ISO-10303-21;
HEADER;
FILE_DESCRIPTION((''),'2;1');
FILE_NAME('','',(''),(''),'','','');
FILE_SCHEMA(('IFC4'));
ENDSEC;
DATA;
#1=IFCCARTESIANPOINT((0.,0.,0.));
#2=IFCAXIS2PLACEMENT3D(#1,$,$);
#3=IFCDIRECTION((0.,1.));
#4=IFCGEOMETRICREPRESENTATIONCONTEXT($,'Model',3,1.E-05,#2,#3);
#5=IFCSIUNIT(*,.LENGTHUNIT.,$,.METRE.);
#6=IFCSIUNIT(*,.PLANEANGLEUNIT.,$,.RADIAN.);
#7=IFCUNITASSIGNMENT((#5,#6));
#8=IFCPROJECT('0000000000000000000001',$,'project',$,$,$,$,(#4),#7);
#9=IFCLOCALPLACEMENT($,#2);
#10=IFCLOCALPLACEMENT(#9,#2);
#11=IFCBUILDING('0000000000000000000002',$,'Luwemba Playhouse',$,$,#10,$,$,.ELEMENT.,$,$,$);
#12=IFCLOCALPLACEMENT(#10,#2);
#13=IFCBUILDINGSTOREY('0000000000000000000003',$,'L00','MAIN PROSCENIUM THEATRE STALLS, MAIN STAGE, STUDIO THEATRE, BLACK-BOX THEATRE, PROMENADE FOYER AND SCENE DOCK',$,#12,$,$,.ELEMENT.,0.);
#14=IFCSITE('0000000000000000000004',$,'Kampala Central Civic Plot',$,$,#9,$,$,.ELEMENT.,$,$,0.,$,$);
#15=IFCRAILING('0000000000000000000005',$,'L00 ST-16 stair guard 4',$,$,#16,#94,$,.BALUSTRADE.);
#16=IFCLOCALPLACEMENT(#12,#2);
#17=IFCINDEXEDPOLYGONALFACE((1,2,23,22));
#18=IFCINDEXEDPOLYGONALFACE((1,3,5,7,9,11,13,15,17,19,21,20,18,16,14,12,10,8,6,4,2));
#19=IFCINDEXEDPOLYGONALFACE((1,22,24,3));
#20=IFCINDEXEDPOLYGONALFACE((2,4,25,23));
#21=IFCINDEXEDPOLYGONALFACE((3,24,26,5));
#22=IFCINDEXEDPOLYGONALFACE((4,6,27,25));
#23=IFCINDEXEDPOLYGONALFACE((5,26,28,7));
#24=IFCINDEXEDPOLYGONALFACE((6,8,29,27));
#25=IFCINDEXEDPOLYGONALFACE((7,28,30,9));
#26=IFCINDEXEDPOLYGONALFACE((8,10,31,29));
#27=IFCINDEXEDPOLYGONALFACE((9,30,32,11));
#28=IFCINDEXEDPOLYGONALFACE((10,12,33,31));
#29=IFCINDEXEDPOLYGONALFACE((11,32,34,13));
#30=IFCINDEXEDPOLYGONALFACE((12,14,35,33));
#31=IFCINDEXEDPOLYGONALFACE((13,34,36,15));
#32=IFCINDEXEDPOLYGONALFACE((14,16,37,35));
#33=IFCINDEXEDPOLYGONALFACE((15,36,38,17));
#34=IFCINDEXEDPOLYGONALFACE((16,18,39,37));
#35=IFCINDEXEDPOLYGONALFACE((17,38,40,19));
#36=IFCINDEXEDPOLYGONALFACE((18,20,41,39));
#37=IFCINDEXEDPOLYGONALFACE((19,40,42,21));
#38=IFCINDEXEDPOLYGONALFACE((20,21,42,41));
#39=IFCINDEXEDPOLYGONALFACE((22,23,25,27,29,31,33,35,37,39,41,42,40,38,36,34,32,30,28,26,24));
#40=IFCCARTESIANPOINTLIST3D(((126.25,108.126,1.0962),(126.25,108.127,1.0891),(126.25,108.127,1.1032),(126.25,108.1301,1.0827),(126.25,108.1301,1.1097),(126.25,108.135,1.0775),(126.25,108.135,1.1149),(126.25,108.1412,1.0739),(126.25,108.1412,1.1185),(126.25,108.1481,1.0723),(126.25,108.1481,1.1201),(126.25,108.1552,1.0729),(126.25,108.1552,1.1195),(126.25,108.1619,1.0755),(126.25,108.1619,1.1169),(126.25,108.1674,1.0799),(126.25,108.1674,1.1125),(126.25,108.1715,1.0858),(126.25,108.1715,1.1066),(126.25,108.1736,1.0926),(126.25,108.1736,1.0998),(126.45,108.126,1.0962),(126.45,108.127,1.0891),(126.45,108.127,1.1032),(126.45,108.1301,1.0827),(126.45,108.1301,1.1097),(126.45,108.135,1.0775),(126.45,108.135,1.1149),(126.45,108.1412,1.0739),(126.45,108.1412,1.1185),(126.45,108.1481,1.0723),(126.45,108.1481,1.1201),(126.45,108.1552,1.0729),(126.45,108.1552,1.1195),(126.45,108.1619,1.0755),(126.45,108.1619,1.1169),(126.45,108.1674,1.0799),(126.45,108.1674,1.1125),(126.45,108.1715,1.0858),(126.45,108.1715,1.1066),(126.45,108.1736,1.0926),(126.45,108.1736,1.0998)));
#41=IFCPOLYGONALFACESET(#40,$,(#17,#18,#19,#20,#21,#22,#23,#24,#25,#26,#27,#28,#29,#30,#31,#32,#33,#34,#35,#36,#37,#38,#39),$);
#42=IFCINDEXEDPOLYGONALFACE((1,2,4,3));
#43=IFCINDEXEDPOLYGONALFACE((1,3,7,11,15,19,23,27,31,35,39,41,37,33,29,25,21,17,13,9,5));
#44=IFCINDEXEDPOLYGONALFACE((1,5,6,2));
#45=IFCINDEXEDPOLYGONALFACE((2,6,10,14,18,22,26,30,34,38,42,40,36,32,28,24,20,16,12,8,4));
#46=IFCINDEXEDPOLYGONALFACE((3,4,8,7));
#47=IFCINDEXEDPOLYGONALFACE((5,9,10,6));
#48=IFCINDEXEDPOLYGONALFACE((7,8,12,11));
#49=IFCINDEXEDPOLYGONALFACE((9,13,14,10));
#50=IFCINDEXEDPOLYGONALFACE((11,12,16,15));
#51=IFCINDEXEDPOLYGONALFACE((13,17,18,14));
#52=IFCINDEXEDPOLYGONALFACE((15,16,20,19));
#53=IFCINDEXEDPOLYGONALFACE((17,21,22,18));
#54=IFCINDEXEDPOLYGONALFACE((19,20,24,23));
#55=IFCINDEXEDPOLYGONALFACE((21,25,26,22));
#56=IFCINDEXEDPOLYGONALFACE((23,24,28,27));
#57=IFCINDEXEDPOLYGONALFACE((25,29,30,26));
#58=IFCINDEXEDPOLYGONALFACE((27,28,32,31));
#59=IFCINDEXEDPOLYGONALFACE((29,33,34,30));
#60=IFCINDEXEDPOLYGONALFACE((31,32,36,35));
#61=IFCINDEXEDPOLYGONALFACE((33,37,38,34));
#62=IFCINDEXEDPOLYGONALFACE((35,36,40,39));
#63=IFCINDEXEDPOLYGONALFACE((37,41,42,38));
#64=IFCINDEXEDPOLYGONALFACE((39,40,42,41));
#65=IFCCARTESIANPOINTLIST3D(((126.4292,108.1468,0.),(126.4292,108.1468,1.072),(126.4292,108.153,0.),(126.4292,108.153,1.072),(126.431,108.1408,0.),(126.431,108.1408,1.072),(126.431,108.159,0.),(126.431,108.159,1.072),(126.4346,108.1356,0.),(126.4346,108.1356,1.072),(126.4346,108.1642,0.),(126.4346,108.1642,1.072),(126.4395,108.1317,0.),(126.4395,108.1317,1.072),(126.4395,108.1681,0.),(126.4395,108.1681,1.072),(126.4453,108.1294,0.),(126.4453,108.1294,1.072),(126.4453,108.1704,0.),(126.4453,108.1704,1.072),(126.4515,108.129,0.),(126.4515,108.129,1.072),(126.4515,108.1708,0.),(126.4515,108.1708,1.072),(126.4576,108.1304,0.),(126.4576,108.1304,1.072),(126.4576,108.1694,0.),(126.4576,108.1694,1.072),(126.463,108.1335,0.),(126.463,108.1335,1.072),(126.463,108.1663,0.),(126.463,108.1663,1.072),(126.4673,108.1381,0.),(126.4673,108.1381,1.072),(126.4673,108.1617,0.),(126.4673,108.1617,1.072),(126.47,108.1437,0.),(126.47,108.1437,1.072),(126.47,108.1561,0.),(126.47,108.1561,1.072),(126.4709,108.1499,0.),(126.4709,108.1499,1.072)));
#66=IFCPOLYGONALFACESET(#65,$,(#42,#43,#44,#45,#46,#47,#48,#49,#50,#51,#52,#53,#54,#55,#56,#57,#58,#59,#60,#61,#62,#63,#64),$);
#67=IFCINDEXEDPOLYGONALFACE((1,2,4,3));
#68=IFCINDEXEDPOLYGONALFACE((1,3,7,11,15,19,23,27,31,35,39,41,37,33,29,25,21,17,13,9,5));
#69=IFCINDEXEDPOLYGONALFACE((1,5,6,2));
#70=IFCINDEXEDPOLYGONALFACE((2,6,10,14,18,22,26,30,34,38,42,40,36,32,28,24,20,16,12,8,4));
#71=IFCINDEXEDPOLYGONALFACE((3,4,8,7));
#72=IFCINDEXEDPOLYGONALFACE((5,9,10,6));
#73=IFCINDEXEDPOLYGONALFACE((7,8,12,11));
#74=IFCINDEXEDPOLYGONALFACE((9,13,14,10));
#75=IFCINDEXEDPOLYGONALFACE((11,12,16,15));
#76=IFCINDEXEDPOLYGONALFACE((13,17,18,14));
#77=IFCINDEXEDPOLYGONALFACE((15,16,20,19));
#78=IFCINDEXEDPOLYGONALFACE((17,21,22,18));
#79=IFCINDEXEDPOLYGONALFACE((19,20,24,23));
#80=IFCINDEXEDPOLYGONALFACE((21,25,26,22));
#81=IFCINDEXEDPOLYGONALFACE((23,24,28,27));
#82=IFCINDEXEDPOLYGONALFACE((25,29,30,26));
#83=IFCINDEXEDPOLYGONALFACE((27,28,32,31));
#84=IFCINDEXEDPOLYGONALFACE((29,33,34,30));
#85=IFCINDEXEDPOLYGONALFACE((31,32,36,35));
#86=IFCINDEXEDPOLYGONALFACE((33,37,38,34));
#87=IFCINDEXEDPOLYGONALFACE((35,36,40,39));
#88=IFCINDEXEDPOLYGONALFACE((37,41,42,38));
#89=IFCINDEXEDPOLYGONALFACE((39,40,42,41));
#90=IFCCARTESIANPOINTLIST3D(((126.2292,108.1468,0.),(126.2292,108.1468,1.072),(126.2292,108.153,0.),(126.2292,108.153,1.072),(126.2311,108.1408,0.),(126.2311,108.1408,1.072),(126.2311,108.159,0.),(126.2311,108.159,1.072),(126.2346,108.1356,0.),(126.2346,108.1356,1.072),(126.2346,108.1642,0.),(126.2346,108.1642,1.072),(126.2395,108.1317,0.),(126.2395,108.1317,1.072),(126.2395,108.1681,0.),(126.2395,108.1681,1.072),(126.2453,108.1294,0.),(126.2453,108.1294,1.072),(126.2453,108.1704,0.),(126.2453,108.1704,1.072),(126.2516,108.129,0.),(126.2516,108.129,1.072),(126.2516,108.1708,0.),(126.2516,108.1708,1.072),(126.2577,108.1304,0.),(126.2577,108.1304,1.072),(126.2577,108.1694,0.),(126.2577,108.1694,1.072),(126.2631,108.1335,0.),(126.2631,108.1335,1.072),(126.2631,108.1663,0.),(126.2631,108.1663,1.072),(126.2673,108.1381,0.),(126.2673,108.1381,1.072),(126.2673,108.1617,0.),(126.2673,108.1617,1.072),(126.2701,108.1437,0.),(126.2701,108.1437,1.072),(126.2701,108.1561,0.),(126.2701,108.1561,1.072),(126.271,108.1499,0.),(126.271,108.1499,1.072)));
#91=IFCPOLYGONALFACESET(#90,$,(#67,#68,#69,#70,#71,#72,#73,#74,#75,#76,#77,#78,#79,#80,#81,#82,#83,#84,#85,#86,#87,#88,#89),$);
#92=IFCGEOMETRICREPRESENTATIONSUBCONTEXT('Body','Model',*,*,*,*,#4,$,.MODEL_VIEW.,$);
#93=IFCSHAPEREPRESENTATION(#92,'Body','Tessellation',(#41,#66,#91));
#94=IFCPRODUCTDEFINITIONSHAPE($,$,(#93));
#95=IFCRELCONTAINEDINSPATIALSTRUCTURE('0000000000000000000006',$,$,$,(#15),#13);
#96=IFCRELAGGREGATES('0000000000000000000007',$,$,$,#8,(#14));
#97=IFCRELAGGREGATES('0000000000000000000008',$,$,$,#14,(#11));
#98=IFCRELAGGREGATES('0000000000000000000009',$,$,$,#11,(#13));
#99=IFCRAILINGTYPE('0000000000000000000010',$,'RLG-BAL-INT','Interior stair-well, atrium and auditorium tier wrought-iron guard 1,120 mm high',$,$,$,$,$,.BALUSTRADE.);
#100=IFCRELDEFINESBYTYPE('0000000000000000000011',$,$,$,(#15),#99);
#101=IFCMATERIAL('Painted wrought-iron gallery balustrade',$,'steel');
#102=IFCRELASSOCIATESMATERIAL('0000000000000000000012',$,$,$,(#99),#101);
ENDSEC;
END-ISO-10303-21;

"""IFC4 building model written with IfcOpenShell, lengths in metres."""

from ifc_helpers import new_model, si_unit, direction, frame, origin, origin_2d, place, context, subcontext, project, spatial, circle, extrude, material, type_object, element, save


model = new_model("IFC4")

# Units and contexts
model_context = context("Model", 3, precision=1e-05, world=origin(), true_north=direction((0.0, 1.0)))
body_context = subcontext(model_context, "Body", "Model", "MODEL_VIEW")
ifc_project = project(units=[si_unit("LENGTHUNIT", "METRE"), si_unit("PLANEANGLEUNIT", "RADIAN")], contexts=[model_context])

# Site, building, storey
site_placement = place(None, origin())
site = spatial("IfcSite", under=ifc_project, at=site_placement, Name="Kampala Central Civic Plot", CompositionType="ELEMENT", RefElevation=0.0)
building_placement = place(site_placement, origin())
building = spatial("IfcBuilding", under=site, at=building_placement, Name="Luwemba Playhouse", CompositionType="ELEMENT")
storey_placement = place(building_placement, origin())
storey = spatial("IfcBuildingStorey", under=building, at=storey_placement, Name="L00", Description="MAIN PROSCENIUM THEATRE STALLS, MAIN STAGE, STUDIO THEATRE, BLACK-BOX THEATRE, PROMENADE FOYER AND SCENE DOCK", CompositionType="ELEMENT", Elevation=0.0)

# Railing
ifc_material_1 = material(Name="Painted wrought-iron gallery balustrade", Category="steel")
railing_type_1 = type_object("IfcRailingType", Name="RLG-BAL-INT", Description="Interior stair-well, atrium and auditorium tier wrought-iron guard 1,120 mm high", PredefinedType="BALUSTRADE", material=ifc_material_1)
railing_1_placement = place(storey_placement, frame((126.45, 108.1499, 0.0)))
element("IfcRailing", 1, at=railing_1_placement, inside=storey, type_object=railing_type_1, Name="L00 ST-16 stair guard 4", PredefinedType="BALUSTRADE", context=body_context, shape_type="SweptSolid", body=[
    extrude(circle(Radius=0.0239, at=origin_2d()), frame((0.0, 0.0, 1.0962), z_axis=(-1.0, 0.0, 0.0), x_axis=(0.0, -1.0, 0.0)), (0.0, 0.0, 1.0), 0.2),
    extrude(circle(Radius=0.021, at=origin_2d()), origin(), (0.0, 0.0, 1.0), 1.072),
    extrude(circle(Radius=0.021, at=origin_2d()), frame((-0.2, 0.0, 0.0)), (0.0, 0.0, 1.0), 1.072),
])

save(model, "model.ifc")
